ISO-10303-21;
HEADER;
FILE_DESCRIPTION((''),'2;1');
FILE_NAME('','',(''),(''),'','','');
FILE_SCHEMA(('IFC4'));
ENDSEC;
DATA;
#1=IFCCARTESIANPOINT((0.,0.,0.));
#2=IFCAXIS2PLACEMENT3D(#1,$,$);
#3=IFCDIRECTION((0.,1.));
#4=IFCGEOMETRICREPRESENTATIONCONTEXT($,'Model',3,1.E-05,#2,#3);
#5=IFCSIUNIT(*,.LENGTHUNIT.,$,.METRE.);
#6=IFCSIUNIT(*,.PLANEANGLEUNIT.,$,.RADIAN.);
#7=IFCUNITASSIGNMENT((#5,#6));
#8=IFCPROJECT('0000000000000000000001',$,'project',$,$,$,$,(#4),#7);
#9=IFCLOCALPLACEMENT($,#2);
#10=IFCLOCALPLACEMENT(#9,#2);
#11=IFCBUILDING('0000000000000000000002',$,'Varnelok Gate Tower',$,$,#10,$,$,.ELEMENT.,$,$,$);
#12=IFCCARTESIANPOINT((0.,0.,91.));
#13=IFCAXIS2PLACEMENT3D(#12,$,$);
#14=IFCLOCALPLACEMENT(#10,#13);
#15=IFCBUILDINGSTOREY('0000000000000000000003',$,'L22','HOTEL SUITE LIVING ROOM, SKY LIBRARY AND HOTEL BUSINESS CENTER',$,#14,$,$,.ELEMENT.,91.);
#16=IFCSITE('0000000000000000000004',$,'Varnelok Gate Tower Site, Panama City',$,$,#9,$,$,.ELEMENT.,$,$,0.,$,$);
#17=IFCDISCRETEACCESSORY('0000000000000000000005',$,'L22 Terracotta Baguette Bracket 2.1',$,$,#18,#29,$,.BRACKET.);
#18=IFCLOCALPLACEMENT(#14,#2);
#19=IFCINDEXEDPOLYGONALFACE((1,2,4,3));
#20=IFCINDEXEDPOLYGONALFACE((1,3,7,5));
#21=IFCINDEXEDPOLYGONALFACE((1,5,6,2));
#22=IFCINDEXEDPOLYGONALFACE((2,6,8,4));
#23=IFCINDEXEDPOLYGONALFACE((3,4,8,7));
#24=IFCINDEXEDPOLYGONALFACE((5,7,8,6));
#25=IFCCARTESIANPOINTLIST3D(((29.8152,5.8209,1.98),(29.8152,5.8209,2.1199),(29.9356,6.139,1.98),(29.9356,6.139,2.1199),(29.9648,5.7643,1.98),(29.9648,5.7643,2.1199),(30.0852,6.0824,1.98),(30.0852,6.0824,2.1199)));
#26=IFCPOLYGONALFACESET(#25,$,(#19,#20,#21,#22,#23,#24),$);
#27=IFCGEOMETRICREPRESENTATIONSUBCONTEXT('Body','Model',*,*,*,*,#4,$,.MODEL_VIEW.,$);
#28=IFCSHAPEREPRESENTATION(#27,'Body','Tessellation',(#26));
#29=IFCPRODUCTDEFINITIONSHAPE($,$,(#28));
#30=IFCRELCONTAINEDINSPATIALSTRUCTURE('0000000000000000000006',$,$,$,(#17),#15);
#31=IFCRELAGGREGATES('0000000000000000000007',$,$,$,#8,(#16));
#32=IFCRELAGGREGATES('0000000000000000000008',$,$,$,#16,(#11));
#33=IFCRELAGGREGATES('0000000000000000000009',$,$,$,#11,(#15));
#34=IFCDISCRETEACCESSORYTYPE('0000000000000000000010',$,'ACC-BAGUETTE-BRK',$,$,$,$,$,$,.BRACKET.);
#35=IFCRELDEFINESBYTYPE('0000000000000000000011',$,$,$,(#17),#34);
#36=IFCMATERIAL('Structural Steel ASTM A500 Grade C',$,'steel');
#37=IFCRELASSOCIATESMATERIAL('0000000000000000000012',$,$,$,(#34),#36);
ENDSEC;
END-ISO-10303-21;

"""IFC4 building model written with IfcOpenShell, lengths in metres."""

from ifc_helpers import new_model, si_unit, direction, frame, origin, origin_2d, place, context, subcontext, project, spatial, rectangle, extrude, source, transform, mapped, material, type_object, element, save


model = new_model("IFC4")

# Units and contexts
model_context = context("Model", 3, precision=1e-05, world=origin(), true_north=direction((0.0, 1.0)))
body_context = subcontext(model_context, "Body", "Model", "MODEL_VIEW")
ifc_project = project(units=[si_unit("LENGTHUNIT", "METRE"), si_unit("PLANEANGLEUNIT", "RADIAN")], contexts=[model_context])

# Site, building, storey
site_placement = place(None, origin())
site = spatial("IfcSite", under=ifc_project, at=site_placement, Name="Varnelok Gate Tower Site, Panama City", CompositionType="ELEMENT", RefElevation=0.0)
building_placement = place(site_placement, origin())
building = spatial("IfcBuilding", under=site, at=building_placement, Name="Varnelok Gate Tower", CompositionType="ELEMENT")
storey_placement = place(building_placement, frame((0.0, 0.0, 91.0)))
storey = spatial("IfcBuildingStorey", under=building, at=storey_placement, Name="L22", Description="HOTEL SUITE LIVING ROOM, SKY LIBRARY AND HOTEL BUSINESS CENTER", CompositionType="ELEMENT", Elevation=91.0)

# Discrete accessory
ifc_material_1 = material(Name="Structural Steel ASTM A500 Grade C", Category="steel")
discrete_accessory_type = type_object("IfcDiscreteAccessoryType", Name="ACC-BAGUETTE-BRK", PredefinedType="BRACKET", material=ifc_material_1)
shared_shape_1 = source(origin(), body_context, "Body", "SweptSolid", [
    extrude(rectangle(XDim=0.1599, YDim=0.3401, at=origin_2d()), origin(), (0.0, 0.0, 1.0), 0.1399),
])
discrete_accessory_placement = place(storey_placement, frame((29.9502, 5.9517, 1.98), z_axis=(0.0, 0.0, 1.0), x_axis=(0.935222, -0.354063, 0.0)))
element("IfcDiscreteAccessory", 1, at=discrete_accessory_placement, inside=storey, type_object=discrete_accessory_type, Name="L22 Terracotta Baguette Bracket 2.1", PredefinedType="BRACKET", context=body_context, shape_type="MappedRepresentation", body=[
    mapped(shared_shape_1, transform((0.0, 0.0, 0.0), scale=1.0)),
])

save(model, "model.ifc")
